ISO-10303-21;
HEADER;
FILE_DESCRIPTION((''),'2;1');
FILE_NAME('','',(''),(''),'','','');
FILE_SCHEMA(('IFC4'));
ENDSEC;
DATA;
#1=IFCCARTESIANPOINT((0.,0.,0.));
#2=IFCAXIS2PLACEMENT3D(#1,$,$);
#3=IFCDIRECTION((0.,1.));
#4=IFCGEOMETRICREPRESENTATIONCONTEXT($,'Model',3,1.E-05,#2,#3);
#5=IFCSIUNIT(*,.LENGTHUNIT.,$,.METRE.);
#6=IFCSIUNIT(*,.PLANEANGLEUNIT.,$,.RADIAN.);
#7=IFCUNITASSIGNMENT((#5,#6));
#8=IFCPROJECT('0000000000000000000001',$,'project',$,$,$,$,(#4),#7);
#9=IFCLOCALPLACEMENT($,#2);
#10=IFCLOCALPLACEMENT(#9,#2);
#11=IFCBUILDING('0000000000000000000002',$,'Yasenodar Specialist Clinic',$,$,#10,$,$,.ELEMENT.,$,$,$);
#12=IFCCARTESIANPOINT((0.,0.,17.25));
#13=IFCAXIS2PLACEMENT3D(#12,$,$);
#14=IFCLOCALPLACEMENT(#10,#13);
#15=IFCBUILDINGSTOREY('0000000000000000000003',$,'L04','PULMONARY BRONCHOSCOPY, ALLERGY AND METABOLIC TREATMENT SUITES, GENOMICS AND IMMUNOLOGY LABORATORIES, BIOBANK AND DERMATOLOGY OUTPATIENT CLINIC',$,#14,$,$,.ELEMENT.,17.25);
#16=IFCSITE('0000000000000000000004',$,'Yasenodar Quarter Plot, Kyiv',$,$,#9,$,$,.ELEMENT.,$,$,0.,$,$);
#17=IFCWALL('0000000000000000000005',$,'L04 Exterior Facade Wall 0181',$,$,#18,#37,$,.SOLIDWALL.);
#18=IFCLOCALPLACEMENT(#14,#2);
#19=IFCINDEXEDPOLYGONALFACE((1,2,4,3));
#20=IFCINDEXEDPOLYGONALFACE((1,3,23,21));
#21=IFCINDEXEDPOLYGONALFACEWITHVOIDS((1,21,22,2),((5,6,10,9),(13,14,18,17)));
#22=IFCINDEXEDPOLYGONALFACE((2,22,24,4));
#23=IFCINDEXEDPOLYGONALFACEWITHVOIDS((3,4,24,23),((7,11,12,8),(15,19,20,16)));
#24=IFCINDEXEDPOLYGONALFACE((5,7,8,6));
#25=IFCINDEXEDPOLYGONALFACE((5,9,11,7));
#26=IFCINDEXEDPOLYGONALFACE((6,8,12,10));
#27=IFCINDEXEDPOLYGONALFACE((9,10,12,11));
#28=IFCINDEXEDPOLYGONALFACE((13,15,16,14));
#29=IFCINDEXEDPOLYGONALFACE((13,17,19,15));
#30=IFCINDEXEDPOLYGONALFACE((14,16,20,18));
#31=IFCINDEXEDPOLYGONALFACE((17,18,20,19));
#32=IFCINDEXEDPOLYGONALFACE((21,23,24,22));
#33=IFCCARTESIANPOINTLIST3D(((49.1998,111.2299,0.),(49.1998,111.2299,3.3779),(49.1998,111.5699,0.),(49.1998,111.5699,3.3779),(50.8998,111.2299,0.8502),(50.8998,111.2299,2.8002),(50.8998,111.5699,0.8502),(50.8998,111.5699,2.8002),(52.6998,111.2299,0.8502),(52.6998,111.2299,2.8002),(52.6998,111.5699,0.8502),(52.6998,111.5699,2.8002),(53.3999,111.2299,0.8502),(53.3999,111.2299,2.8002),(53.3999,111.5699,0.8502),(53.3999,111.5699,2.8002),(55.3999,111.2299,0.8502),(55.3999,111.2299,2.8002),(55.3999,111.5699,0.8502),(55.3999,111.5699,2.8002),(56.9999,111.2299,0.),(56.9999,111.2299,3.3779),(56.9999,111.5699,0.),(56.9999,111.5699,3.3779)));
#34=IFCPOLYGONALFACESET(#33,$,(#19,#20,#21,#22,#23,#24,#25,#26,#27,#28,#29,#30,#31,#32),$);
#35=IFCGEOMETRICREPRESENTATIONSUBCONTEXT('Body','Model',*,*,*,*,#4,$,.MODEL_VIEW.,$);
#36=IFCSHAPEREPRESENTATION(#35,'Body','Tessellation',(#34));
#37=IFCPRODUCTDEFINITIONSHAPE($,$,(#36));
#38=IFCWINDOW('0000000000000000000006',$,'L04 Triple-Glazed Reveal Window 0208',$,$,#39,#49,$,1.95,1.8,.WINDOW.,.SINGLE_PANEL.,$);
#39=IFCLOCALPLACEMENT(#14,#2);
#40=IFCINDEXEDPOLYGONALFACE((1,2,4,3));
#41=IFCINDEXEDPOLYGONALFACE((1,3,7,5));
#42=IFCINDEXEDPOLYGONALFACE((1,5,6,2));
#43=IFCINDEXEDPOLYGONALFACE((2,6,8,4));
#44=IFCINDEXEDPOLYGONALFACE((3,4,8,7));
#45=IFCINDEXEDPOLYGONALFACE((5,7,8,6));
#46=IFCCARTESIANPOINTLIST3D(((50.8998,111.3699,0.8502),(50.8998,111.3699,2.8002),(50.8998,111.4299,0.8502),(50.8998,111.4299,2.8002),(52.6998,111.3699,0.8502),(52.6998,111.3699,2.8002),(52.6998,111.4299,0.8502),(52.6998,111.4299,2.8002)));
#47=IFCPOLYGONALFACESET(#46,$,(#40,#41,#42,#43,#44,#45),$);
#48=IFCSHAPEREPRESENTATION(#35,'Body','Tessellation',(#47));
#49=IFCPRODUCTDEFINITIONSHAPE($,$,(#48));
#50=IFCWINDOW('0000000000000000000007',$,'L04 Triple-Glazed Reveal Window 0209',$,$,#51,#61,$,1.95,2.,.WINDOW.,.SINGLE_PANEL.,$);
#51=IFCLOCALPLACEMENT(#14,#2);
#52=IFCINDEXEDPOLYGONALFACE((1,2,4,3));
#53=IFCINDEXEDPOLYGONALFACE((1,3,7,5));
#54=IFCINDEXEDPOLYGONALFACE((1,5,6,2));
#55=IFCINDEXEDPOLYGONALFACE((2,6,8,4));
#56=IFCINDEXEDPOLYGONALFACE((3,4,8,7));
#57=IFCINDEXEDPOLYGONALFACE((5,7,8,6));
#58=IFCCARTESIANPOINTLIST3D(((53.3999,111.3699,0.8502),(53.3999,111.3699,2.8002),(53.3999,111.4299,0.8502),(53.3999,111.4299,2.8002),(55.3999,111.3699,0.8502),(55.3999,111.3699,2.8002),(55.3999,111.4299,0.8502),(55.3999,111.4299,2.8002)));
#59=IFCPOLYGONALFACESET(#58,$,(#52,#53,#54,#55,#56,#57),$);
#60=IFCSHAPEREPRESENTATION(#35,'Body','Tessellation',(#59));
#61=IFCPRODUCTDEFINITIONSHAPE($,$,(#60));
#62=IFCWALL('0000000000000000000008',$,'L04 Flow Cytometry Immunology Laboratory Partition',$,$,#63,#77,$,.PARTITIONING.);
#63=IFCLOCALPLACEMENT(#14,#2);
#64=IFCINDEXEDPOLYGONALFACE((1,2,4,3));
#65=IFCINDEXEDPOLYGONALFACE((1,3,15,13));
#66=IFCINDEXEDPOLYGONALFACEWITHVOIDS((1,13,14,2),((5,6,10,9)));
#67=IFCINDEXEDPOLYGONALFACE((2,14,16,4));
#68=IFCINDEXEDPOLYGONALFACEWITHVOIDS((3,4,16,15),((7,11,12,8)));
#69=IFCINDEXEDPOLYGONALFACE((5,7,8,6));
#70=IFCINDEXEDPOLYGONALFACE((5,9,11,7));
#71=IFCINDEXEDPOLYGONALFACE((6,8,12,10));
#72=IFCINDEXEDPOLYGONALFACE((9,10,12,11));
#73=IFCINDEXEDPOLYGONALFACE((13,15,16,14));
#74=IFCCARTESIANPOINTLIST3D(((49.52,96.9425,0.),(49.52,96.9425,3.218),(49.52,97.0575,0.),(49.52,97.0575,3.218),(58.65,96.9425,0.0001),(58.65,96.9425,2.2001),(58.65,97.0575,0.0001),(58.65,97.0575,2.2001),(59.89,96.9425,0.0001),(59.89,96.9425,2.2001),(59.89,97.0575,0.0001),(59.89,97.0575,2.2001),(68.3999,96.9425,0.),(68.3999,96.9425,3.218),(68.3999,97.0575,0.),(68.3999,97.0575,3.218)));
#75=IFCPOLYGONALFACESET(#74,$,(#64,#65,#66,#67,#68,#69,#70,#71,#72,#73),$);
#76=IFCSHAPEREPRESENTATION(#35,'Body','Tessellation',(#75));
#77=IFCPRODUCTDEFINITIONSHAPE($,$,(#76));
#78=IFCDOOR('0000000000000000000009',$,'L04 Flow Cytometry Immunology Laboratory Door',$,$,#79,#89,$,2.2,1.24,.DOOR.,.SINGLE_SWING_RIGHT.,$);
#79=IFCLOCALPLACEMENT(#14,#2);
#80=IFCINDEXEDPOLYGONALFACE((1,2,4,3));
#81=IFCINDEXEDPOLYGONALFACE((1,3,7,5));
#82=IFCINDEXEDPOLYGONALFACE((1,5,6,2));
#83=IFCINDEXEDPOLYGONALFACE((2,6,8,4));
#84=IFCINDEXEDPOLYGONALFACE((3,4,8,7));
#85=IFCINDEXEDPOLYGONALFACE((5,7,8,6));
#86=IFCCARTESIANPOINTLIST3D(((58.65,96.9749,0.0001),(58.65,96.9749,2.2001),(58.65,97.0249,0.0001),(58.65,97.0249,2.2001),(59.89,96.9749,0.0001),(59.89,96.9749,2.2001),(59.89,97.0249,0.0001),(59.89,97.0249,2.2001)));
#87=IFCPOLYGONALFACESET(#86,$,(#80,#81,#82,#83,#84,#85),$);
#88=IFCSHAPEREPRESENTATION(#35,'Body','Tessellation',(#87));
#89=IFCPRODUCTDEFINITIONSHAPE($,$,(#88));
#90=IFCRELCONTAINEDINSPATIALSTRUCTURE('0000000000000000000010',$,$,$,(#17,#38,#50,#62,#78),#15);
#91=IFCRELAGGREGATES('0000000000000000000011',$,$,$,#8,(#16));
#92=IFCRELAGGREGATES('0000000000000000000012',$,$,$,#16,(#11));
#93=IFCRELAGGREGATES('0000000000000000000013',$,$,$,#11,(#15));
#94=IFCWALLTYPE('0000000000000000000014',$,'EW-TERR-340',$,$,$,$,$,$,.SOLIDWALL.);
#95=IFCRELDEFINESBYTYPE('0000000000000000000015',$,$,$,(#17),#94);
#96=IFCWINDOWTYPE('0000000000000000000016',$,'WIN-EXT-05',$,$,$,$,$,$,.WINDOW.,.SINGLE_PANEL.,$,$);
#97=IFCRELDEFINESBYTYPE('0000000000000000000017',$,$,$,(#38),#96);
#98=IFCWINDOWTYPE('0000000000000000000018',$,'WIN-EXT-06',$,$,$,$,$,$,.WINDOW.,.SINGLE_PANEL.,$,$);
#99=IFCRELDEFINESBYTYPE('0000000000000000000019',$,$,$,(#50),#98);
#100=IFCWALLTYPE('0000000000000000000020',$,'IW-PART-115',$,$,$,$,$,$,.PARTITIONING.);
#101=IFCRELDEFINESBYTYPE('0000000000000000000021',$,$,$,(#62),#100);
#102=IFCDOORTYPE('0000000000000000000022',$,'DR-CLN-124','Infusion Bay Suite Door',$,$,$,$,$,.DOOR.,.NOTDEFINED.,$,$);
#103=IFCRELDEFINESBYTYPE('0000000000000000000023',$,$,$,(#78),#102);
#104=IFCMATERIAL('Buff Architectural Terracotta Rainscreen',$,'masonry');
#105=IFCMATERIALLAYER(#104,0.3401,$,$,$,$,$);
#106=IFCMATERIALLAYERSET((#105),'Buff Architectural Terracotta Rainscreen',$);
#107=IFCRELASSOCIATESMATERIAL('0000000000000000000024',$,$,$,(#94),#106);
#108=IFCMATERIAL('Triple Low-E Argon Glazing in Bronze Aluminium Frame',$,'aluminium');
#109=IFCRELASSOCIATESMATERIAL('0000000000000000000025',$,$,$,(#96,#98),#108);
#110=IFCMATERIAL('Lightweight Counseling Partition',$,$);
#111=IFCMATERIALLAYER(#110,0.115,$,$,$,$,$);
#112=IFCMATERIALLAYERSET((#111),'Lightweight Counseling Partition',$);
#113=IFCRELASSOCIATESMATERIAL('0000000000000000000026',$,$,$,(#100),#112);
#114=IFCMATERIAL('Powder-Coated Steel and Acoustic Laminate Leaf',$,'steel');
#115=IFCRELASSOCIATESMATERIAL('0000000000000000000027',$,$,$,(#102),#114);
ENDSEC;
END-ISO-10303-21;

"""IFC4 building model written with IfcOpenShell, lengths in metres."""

from ifc_helpers import new_model, si_unit, direction, frame, frame_2d, origin, place, context, subcontext, project, spatial, rectangle, extrude, material, layer, layer_set, type_object, element, fill, save


model = new_model("IFC4")

# Units and contexts
model_context = context("Model", 3, precision=1e-05, world=origin(), true_north=direction((0.0, 1.0)))
body_context = subcontext(model_context, "Body", "Model", "MODEL_VIEW")
ifc_project = project(units=[si_unit("LENGTHUNIT", "METRE"), si_unit("PLANEANGLEUNIT", "RADIAN")], contexts=[model_context])

# Site, building, storey
site_placement = place(None, origin())
site = spatial("IfcSite", under=ifc_project, at=site_placement, Name="Yasenodar Quarter Plot, Kyiv", CompositionType="ELEMENT", RefElevation=0.0)
building_placement = place(site_placement, origin())
building = spatial("IfcBuilding", under=site, at=building_placement, Name="Yasenodar Specialist Clinic", CompositionType="ELEMENT")
storey_placement = place(building_placement, frame((0.0, 0.0, 17.25)))
storey = spatial("IfcBuildingStorey", under=building, at=storey_placement, Name="L04", Description="PULMONARY BRONCHOSCOPY, ALLERGY AND METABOLIC TREATMENT SUITES, GENOMICS AND IMMUNOLOGY LABORATORIES, BIOBANK AND DERMATOLOGY OUTPATIENT CLINIC", CompositionType="ELEMENT", Elevation=17.25)

# Wall, openings, windows
ifc_material_1 = material(Name="Buff Architectural Terracotta Rainscreen", Category="masonry")
ifc_layer_1 = layer(ifc_material_1, 0.3401)
ifc_layer_set_1 = layer_set([ifc_layer_1], Name="Buff Architectural Terracotta Rainscreen")
wall_type_1 = type_object("IfcWallType", Name="EW-TERR-340", PredefinedType="SOLIDWALL", material=ifc_layer_set_1)
wall_1_placement = place(storey_placement, frame((49.2, 111.3999, 0.0), z_axis=(0.0, 0.0, 1.0), x_axis=(1.0, 0.0, 0.0)))
wall_1 = element("IfcWall", 1, at=wall_1_placement, inside=storey, type_object=wall_type_1, Name="L04 Exterior Facade Wall 0181", PredefinedType="SOLIDWALL", context=body_context, shape_type="SweptSolid", body=[
    extrude(rectangle(XDim=7.8, YDim=0.3401, at=frame_2d((3.8999, 0.0))), origin(), (0.0, 0.0, 1.0), 3.3779),
])
opening_1_placement = place(wall_1_placement, frame((1.7, 0.0, 0.8501)))
opening_1 = element("IfcOpeningElement", 2, at=opening_1_placement, cuts=wall_1, PredefinedType="OPENING", context=body_context, shape_type="SweptSolid", body=[
    extrude(rectangle(XDim=1.8, YDim=1.95, at=frame_2d((0.8999, 0.9751))), frame((0.0, 0.1802, 0.0), z_axis=(0.0, -1.0, 0.0), x_axis=(1.0, 0.0, 0.0)), (0.0, 0.0, 1.0), 0.3601),
])
opening_2_placement = place(wall_1_placement, frame((4.2, 0.0, 0.8501)))
opening_2 = element("IfcOpeningElement", 3, at=opening_2_placement, cuts=wall_1, PredefinedType="OPENING", context=body_context, shape_type="SweptSolid", body=[
    extrude(rectangle(XDim=2.0, YDim=1.95, at=frame_2d((1.0, 0.9751))), frame((0.0, 0.1802, 0.0), z_axis=(0.0, -1.0, 0.0), x_axis=(1.0, 0.0, 0.0)), (0.0, 0.0, 1.0), 0.3601),
])
ifc_material_2 = material(Name="Triple Low-E Argon Glazing in Bronze Aluminium Frame", Category="aluminium")
window_type_1 = type_object("IfcWindowType", Name="WIN-EXT-05", PartitioningType="SINGLE_PANEL", PredefinedType="WINDOW", material=ifc_material_2)
window_1_placement = place(opening_1_placement, origin())
window_1 = element("IfcWindow", 4, at=window_1_placement, inside=storey, type_object=window_type_1, Name="L04 Triple-Glazed Reveal Window 0208", OverallHeight=1.95, OverallWidth=1.8, PartitioningType="SINGLE_PANEL", PredefinedType="WINDOW", context=body_context, shape_type="SweptSolid", body=[
    extrude(rectangle(XDim=1.8, YDim=1.95, at=frame_2d((0.8999, 0.9751))), frame((0.0, 0.03, 0.0), z_axis=(0.0, -1.0, 0.0), x_axis=(1.0, 0.0, 0.0)), (0.0, 0.0, 1.0), 0.0601),
])
fill(opening_1, window_1)
window_type_2 = type_object("IfcWindowType", Name="WIN-EXT-06", PartitioningType="SINGLE_PANEL", PredefinedType="WINDOW", material=ifc_material_2)
window_2_placement = place(opening_2_placement, origin())
window_2 = element("IfcWindow", 5, at=window_2_placement, inside=storey, type_object=window_type_2, Name="L04 Triple-Glazed Reveal Window 0209", OverallHeight=1.95, OverallWidth=2.0, PartitioningType="SINGLE_PANEL", PredefinedType="WINDOW", context=body_context, shape_type="SweptSolid", body=[
    extrude(rectangle(XDim=2.0, YDim=1.95, at=frame_2d((1.0, 0.9751))), frame((0.0, 0.03, 0.0), z_axis=(0.0, -1.0, 0.0), x_axis=(1.0, 0.0, 0.0)), (0.0, 0.0, 1.0), 0.0601),
])
fill(opening_2, window_2)

# Wall, opening, door
ifc_material_3 = material(Name="Lightweight Counseling Partition")
ifc_layer_2 = layer(ifc_material_3, 0.115)
ifc_layer_set_2 = layer_set([ifc_layer_2], Name="Lightweight Counseling Partition")
wall_type_2 = type_object("IfcWallType", Name="IW-PART-115", PredefinedType="PARTITIONING", material=ifc_layer_set_2)
wall_2_placement = place(storey_placement, frame((49.52, 97.0, 0.0), z_axis=(0.0, 0.0, 1.0), x_axis=(1.0, 0.0, 0.0)))
wall_2 = element("IfcWall", 6, at=wall_2_placement, inside=storey, type_object=wall_type_2, Name="L04 Flow Cytometry Immunology Laboratory Partition", PredefinedType="PARTITIONING", context=body_context, shape_type="SweptSolid", body=[
    extrude(rectangle(XDim=18.8799, YDim=0.115, at=frame_2d((9.4399, 0.0))), origin(), (0.0, 0.0, 1.0), 3.218),
])
opening_3_placement = place(wall_2_placement, frame((9.1299, 0.0, 0.0)))
opening_3 = element("IfcOpeningElement", 7, at=opening_3_placement, cuts=wall_2, PredefinedType="OPENING", context=body_context, shape_type="SweptSolid", body=[
    extrude(rectangle(XDim=1.24, YDim=2.2, at=frame_2d((0.6201, 1.1001))), frame((0.0, 0.0674, 0.0), z_axis=(0.0, -1.0, 0.0), x_axis=(1.0, 0.0, 0.0)), (0.0, 0.0, 1.0), 0.135),
])
ifc_material_4 = material(Name="Powder-Coated Steel and Acoustic Laminate Leaf", Category="steel")
door_type = type_object("IfcDoorType", Name="DR-CLN-124", Description="Infusion Bay Suite Door", OperationType="NOTDEFINED", PredefinedType="DOOR", material=ifc_material_4)
door_placement = place(opening_3_placement, origin())
door = element("IfcDoor", 8, at=door_placement, inside=storey, type_object=door_type, Name="L04 Flow Cytometry Immunology Laboratory Door", OperationType="SINGLE_SWING_RIGHT", OverallHeight=2.2, OverallWidth=1.24, PredefinedType="DOOR", context=body_context, shape_type="SweptSolid", body=[
    extrude(rectangle(XDim=1.24, YDim=2.2, at=frame_2d((0.6201, 1.1001))), frame((0.0, 0.0249, 0.0), z_axis=(0.0, -1.0, 0.0), x_axis=(1.0, 0.0, 0.0)), (0.0, 0.0, 1.0), 0.05),
])
fill(opening_3, door)

save(model, "model.ifc")
